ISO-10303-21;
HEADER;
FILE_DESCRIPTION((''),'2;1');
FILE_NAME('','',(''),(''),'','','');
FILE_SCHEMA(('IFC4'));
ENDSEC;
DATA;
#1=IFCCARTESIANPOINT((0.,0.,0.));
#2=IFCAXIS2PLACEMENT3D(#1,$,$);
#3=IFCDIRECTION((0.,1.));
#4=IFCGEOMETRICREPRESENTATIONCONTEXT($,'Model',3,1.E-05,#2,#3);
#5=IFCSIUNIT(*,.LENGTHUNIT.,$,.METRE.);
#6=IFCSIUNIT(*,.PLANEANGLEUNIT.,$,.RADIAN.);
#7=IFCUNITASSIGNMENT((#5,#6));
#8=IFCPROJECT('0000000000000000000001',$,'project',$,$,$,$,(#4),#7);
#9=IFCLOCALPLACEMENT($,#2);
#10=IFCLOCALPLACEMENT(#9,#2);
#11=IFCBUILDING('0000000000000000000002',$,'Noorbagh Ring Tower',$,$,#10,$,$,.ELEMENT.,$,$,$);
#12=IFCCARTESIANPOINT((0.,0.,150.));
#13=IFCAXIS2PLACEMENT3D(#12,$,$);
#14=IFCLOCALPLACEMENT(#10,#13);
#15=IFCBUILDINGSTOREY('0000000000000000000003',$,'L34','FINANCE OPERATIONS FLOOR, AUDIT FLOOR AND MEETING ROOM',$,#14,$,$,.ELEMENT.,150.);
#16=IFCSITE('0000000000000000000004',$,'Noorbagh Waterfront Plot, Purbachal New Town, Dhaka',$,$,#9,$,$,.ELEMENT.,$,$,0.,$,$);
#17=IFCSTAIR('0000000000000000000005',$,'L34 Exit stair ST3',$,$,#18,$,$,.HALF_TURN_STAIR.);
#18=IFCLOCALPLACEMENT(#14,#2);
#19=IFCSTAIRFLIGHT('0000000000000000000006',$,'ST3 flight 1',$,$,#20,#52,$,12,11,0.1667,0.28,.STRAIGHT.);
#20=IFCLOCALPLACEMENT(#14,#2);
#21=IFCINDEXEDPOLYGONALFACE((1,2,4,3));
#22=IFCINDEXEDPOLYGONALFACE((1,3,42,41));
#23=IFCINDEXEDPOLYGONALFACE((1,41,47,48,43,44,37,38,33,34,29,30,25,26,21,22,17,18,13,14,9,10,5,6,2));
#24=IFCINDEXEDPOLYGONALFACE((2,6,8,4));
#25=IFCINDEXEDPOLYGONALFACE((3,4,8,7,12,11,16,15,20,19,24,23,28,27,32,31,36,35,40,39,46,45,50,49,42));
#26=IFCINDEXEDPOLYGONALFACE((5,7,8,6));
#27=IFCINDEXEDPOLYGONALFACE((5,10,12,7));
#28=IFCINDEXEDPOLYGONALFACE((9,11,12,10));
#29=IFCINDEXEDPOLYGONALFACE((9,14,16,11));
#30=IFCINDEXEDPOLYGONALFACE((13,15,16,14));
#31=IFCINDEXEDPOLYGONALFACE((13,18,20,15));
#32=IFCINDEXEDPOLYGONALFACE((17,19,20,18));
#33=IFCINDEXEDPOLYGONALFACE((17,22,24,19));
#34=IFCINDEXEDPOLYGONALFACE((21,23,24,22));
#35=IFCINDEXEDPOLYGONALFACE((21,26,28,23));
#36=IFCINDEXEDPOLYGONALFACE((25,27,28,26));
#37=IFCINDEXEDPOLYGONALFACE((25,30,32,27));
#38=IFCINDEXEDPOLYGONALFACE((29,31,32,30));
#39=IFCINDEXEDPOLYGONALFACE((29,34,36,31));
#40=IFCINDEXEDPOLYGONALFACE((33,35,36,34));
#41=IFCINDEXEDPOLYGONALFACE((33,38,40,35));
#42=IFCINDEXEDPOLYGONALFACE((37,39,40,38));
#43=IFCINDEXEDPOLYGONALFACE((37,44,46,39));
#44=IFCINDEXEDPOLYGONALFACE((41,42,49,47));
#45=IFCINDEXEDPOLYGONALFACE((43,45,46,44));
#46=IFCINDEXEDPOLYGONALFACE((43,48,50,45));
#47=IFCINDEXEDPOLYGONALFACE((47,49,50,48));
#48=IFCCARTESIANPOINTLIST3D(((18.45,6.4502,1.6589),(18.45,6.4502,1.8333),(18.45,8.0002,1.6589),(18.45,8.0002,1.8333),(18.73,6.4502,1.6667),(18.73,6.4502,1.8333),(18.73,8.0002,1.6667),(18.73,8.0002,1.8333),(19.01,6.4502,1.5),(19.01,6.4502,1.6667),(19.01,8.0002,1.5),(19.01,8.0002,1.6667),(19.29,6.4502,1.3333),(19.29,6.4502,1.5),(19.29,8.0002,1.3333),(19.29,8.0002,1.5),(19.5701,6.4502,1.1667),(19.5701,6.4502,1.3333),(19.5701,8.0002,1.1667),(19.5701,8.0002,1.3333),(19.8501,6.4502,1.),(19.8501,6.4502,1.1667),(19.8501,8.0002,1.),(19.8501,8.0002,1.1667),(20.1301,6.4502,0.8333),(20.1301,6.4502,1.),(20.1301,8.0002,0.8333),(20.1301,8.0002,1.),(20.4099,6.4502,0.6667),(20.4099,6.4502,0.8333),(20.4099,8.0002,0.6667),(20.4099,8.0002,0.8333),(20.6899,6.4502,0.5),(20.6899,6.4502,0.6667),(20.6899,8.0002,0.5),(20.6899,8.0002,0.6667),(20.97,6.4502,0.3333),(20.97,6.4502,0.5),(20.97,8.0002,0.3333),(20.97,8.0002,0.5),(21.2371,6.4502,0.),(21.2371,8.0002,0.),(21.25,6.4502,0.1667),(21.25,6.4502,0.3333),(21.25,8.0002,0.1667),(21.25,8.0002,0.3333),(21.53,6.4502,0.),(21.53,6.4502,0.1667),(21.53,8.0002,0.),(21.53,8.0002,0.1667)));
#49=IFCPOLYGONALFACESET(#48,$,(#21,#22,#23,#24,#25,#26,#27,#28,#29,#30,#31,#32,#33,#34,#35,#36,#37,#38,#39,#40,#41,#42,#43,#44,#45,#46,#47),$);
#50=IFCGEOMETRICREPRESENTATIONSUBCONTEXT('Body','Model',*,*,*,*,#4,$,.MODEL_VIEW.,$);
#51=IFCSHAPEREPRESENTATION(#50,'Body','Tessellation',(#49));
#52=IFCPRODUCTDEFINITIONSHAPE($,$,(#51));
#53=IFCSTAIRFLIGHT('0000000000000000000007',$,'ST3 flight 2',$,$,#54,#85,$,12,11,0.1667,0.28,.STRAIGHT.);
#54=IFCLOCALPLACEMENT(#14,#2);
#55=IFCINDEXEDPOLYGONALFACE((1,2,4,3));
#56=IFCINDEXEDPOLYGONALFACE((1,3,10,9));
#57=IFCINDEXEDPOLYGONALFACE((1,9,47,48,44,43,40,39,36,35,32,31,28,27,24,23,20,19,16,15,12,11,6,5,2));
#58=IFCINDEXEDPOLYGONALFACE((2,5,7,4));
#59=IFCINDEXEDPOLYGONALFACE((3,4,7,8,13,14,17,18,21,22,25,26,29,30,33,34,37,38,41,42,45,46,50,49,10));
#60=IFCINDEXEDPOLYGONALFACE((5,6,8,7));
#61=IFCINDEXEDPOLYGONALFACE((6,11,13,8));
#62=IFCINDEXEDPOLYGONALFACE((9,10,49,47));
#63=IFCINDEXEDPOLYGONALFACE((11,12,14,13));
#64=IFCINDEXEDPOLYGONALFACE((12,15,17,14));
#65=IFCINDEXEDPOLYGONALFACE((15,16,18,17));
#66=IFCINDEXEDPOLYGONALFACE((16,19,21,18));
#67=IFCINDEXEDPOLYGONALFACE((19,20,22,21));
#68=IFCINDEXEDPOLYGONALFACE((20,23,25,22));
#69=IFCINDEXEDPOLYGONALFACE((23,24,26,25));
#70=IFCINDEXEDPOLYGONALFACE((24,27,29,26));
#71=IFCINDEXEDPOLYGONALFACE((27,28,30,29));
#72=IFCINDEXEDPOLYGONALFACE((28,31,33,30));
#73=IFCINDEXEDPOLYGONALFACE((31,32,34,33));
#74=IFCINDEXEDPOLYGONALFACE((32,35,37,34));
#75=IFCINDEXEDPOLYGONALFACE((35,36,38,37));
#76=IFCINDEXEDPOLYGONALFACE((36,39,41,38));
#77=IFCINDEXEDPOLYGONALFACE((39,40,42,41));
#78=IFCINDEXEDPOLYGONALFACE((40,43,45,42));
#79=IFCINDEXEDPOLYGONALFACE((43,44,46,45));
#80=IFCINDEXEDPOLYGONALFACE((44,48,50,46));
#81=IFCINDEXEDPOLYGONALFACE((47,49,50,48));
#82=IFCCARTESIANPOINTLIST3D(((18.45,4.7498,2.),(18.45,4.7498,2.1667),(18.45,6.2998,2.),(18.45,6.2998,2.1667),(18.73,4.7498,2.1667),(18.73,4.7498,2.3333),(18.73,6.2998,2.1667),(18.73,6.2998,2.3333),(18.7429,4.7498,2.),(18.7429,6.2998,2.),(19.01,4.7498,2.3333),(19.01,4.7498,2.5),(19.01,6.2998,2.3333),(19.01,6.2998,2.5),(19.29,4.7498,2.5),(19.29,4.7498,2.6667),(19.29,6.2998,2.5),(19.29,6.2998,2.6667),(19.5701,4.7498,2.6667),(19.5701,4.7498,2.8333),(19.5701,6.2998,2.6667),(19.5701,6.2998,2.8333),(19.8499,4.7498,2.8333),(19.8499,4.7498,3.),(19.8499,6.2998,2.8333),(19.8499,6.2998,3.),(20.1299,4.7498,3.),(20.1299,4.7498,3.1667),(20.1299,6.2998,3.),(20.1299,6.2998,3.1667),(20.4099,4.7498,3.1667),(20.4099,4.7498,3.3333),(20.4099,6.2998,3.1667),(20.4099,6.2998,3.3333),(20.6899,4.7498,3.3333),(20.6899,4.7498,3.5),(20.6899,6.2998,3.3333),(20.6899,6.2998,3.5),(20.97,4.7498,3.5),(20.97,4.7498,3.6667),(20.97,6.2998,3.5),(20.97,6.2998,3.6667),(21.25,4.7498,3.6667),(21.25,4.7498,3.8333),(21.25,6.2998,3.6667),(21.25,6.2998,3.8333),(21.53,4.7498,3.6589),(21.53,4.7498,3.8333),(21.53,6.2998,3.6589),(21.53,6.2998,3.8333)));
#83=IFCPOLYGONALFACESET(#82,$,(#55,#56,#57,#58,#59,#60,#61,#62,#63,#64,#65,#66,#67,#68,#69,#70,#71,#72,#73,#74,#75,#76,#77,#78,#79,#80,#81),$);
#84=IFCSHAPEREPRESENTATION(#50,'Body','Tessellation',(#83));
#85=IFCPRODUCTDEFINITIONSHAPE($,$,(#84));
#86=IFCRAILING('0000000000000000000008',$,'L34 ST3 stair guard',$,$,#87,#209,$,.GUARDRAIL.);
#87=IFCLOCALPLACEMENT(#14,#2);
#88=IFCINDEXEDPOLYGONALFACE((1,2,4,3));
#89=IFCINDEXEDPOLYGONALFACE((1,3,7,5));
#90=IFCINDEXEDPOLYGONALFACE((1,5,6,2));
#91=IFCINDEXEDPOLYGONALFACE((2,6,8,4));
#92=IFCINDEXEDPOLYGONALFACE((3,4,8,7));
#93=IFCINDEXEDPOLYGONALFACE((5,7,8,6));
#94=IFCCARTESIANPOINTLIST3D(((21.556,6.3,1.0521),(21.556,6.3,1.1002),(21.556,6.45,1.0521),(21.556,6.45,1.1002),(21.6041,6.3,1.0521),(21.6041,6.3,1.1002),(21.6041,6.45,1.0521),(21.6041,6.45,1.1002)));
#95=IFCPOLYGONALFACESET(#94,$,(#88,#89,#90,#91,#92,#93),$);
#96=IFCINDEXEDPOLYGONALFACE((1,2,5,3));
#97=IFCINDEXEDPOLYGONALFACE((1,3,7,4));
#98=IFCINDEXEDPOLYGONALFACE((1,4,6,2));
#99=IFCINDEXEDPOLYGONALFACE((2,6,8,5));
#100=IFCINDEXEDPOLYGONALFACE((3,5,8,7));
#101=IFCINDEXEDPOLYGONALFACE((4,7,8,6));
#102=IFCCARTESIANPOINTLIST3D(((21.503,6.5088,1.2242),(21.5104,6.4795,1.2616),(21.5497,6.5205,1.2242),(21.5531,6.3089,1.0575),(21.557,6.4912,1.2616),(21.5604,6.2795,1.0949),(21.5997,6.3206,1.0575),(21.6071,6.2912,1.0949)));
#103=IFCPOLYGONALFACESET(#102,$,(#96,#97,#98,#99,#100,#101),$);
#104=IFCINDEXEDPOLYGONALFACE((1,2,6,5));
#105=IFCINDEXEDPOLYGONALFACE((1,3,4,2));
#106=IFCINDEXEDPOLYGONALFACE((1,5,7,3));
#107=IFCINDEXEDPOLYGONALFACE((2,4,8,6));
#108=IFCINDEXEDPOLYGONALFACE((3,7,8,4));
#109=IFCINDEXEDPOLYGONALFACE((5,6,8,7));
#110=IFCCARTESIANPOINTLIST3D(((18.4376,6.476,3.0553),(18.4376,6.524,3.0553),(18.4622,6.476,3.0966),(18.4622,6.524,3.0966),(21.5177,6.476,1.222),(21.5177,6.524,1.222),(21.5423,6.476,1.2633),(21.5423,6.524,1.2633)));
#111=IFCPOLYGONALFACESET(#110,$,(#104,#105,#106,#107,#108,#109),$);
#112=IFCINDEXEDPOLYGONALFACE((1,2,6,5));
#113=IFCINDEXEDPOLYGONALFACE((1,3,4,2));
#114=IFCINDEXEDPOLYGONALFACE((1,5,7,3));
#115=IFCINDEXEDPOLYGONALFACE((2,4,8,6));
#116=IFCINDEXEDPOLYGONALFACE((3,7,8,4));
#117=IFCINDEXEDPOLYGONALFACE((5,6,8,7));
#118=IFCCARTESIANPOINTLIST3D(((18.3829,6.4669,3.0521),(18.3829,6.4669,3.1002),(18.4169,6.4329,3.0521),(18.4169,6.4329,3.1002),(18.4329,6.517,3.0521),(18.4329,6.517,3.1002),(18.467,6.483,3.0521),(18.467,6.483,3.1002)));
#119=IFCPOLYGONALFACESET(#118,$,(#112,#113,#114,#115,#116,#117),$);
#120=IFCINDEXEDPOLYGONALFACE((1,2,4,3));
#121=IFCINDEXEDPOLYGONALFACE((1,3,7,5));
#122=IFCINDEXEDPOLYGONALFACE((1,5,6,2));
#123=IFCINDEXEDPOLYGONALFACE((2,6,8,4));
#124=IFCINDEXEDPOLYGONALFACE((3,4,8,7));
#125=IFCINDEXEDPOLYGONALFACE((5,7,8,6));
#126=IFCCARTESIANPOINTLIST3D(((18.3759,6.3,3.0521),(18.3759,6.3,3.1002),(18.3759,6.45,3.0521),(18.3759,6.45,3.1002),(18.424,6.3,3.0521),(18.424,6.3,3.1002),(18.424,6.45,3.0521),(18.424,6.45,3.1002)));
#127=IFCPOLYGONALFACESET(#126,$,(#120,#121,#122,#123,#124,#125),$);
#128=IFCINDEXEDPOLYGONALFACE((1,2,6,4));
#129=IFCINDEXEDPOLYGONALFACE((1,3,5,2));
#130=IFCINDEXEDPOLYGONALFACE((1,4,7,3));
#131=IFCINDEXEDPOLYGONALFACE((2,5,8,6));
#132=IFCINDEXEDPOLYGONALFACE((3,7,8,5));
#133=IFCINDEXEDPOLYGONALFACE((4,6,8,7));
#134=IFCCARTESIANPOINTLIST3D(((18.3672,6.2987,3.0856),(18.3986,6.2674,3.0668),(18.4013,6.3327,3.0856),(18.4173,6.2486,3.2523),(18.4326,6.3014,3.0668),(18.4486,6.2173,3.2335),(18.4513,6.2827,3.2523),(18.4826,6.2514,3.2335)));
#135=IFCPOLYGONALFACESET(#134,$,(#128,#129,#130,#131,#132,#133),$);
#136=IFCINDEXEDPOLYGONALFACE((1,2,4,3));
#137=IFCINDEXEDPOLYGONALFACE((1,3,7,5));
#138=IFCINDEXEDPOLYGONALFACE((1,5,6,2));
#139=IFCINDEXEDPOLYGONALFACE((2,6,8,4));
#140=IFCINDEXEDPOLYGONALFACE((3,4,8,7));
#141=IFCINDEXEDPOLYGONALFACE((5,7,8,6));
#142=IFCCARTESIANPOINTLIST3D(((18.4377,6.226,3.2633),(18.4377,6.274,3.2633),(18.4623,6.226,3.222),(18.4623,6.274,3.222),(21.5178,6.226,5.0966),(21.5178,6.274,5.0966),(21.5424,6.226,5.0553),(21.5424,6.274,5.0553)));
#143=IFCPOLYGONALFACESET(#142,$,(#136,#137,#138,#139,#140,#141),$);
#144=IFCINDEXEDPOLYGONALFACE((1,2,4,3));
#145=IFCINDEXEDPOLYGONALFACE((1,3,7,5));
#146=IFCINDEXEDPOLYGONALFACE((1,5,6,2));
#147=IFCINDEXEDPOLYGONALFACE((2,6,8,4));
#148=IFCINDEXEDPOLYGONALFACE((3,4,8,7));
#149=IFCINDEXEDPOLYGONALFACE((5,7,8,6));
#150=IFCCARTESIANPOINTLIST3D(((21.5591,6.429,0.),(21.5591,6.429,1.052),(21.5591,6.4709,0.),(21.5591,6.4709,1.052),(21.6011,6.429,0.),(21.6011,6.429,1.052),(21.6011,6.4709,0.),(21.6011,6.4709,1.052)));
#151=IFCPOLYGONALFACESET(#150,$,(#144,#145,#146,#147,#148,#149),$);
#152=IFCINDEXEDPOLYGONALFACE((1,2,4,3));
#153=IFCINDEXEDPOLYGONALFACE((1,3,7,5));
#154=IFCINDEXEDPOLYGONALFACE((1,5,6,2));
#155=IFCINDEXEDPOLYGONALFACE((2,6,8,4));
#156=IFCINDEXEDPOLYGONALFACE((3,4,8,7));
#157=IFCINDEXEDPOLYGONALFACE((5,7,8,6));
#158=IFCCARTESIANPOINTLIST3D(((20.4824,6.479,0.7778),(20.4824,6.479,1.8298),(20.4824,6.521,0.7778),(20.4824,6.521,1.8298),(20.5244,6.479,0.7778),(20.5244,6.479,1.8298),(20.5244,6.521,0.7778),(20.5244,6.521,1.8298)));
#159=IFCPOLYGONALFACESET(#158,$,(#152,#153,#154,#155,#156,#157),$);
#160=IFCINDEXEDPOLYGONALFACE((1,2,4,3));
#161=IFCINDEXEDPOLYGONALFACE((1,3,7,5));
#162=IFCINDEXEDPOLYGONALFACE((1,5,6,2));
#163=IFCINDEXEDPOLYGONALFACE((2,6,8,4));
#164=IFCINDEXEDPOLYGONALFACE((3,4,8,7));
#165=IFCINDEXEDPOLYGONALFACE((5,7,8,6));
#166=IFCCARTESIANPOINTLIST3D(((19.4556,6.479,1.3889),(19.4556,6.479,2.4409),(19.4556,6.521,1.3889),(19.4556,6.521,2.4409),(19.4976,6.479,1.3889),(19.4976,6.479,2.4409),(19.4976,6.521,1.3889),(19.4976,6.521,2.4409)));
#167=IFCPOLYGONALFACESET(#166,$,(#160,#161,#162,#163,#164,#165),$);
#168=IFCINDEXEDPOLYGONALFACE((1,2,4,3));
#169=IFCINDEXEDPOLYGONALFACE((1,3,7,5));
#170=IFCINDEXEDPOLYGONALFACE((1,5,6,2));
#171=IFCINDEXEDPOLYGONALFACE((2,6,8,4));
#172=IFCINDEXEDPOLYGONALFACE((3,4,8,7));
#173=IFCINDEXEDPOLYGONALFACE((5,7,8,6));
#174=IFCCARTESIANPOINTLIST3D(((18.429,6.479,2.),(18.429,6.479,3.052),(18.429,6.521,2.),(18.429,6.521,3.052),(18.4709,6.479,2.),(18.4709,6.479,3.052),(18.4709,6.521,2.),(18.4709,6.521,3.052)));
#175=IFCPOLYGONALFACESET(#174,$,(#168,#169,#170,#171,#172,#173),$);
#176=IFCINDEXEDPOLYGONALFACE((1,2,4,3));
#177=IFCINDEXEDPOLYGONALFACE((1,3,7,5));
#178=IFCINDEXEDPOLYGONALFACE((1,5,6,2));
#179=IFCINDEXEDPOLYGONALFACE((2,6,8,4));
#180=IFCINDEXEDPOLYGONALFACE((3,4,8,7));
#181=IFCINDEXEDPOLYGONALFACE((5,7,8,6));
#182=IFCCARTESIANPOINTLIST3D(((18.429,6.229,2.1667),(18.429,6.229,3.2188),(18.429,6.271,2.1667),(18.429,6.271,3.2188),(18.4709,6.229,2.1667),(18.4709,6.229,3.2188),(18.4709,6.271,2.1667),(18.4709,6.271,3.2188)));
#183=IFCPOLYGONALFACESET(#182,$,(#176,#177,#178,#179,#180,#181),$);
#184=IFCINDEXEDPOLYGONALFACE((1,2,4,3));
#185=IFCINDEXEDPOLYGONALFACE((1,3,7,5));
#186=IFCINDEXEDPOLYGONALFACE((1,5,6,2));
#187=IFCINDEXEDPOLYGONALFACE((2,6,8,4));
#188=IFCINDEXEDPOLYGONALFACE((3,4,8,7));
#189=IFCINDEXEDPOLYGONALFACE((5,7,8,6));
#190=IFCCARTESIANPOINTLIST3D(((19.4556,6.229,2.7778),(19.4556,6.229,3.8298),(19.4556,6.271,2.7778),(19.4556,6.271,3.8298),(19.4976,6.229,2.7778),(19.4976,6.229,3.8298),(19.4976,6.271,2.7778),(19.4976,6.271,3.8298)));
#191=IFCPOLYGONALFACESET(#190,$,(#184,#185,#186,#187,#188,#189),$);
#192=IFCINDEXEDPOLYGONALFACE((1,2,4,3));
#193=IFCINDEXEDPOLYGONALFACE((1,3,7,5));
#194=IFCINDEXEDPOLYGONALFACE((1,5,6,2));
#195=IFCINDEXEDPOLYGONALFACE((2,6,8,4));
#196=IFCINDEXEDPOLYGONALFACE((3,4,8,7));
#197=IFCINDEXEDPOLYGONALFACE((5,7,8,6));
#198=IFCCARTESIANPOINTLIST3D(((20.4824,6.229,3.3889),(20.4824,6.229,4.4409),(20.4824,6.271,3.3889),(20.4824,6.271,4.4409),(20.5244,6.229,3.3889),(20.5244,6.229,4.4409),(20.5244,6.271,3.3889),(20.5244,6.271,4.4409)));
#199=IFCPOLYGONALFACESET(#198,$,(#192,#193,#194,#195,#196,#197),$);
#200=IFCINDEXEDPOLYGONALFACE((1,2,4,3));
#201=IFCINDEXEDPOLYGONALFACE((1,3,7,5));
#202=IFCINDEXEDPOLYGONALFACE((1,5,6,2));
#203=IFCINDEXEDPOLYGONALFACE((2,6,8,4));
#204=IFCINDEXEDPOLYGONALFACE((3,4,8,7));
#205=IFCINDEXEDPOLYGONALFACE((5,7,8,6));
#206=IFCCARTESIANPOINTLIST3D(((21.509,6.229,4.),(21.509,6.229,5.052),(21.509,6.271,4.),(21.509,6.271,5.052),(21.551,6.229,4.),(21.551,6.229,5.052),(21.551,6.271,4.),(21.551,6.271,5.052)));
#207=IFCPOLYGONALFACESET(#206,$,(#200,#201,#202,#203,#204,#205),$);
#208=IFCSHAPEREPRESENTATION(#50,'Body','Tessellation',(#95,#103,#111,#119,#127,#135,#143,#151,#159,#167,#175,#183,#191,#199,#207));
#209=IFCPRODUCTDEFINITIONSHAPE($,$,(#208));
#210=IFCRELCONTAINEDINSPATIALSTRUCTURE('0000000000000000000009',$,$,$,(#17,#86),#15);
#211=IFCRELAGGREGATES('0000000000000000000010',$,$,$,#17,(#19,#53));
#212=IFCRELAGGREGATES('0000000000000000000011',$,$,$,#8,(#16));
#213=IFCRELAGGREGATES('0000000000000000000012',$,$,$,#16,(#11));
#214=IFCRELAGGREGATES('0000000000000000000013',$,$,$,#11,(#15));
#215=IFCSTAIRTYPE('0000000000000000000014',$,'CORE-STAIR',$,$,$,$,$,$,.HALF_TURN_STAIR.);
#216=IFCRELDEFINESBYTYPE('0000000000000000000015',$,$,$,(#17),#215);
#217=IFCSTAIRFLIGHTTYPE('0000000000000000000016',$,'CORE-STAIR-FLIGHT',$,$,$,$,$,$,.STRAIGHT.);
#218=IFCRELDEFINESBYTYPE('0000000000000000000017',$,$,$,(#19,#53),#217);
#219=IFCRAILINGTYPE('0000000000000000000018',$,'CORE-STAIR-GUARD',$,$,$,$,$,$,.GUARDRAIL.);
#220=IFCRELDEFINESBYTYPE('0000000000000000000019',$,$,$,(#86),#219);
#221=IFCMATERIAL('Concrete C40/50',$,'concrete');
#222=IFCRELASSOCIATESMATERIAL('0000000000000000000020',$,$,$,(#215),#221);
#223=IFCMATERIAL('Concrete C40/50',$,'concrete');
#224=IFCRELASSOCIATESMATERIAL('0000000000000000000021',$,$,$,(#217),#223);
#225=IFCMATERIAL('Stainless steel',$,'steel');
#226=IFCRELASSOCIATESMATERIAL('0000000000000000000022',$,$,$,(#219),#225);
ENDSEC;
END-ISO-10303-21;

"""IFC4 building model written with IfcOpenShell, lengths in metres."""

from ifc_helpers import new_model, si_unit, direction, frame, origin, origin_2d, place, context, subcontext, project, spatial, polyline, rectangle, outline, extrude, material, type_object, element, aggregate, save


model = new_model("IFC4")

# Units and contexts
model_context = context("Model", 3, precision=1e-05, world=origin(), true_north=direction((0.0, 1.0)))
body_context = subcontext(model_context, "Body", "Model", "MODEL_VIEW")
ifc_project = project(units=[si_unit("LENGTHUNIT", "METRE"), si_unit("PLANEANGLEUNIT", "RADIAN")], contexts=[model_context])

# Site, building, storey
site_placement = place(None, origin())
site = spatial("IfcSite", under=ifc_project, at=site_placement, Name="Noorbagh Waterfront Plot, Purbachal New Town, Dhaka", CompositionType="ELEMENT", RefElevation=0.0)
building_placement = place(site_placement, origin())
building = spatial("IfcBuilding", under=site, at=building_placement, Name="Noorbagh Ring Tower", CompositionType="ELEMENT")
storey_placement = place(building_placement, frame((0.0, 0.0, 150.0)))
storey = spatial("IfcBuildingStorey", under=building, at=storey_placement, Name="L34", Description="FINANCE OPERATIONS FLOOR, AUDIT FLOOR AND MEETING ROOM", CompositionType="ELEMENT", Elevation=150.0)

# Stair, stair flights
ifc_material_1 = material(Name="Concrete C40/50", Category="concrete")
stair_type = type_object("IfcStairType", Name="CORE-STAIR", PredefinedType="HALF_TURN_STAIR", material=ifc_material_1)
stair_placement = place(storey_placement, origin())
stair = element("IfcStair", 1, at=stair_placement, inside=storey, type_object=stair_type, Name="L34 Exit stair ST3", PredefinedType="HALF_TURN_STAIR")
ifc_material_2 = material(Name="Concrete C40/50", Category="concrete")
stair_flight_type = type_object("IfcStairFlightType", Name="CORE-STAIR-FLIGHT", PredefinedType="STRAIGHT", material=ifc_material_2)
stair_flight_1_placement = place(storey_placement, frame((21.53, 7.2251, 0.0), z_axis=(0.0, 0.0, 1.0), x_axis=(-1.0, 0.0, 0.0)))
stair_flight_1 = element("IfcStairFlight", 2, at=stair_flight_1_placement, type_object=stair_flight_type, Name="ST3 flight 1", NumberOfRisers=12, NumberOfTreads=11, PredefinedType="STRAIGHT", RiserHeight=0.1667, TreadLength=0.28, context=body_context, shape_type="SweptSolid", body=[
    extrude(outline(polyline([(0.0, 0.0), (0.0, 0.1667), (0.28, 0.1667), (0.28, 0.3333), (0.5601, 0.3333), (0.5601, 0.5), (0.8401, 0.5), (0.8401, 0.6667), (1.1201, 0.6667), (1.1201, 0.8333), (1.3999, 0.8333), (1.3999, 1.0), (1.6799, 1.0), (1.6799, 1.1667), (1.96, 1.1667), (1.96, 1.3333), (2.24, 1.3333), (2.24, 1.5), (2.52, 1.5), (2.52, 1.6667), (2.8, 1.6667), (2.8, 1.8333), (3.0801, 1.8333), (3.0801, 2.0), (3.0801, 1.6589), (0.293, 0.0), (0.0, 0.0)])), frame((0.0, 0.7749, 0.0), z_axis=(0.0, -1.0, 0.0), x_axis=(1.0, 0.0, 0.0)), (0.0, 0.0, 1.0), 1.55),
])
stair_flight_2_placement = place(storey_placement, frame((18.45, 5.5249, 2.0), z_axis=(0.0, 0.0, 1.0), x_axis=(1.0, 0.0, 0.0)))
stair_flight_2 = element("IfcStairFlight", 3, at=stair_flight_2_placement, type_object=stair_flight_type, Name="ST3 flight 2", NumberOfRisers=12, NumberOfTreads=11, PredefinedType="STRAIGHT", RiserHeight=0.1667, TreadLength=0.28, context=body_context, shape_type="SweptSolid", body=[
    extrude(outline(polyline([(0.0, 0.0), (0.0, 0.1667), (0.28, 0.1667), (0.28, 0.3333), (0.5601, 0.3333), (0.5601, 0.5), (0.8401, 0.5), (0.8401, 0.6667), (1.1201, 0.6667), (1.1201, 0.8333), (1.3999, 0.8333), (1.3999, 1.0), (1.6799, 1.0), (1.6799, 1.1667), (1.96, 1.1667), (1.96, 1.3333), (2.24, 1.3333), (2.24, 1.5), (2.52, 1.5), (2.52, 1.6667), (2.8, 1.6667), (2.8, 1.8333), (3.0801, 1.8333), (3.0801, 2.0), (3.0801, 1.6589), (0.293, 0.0), (0.0, 0.0)])), frame((0.0, 0.7749, 0.0), z_axis=(0.0, -1.0, 0.0), x_axis=(1.0, 0.0, 0.0)), (0.0, 0.0, 1.0), 1.55),
])
aggregate(stair, [stair_flight_1, stair_flight_2])

# Railing
ifc_material_3 = material(Name="Stainless steel", Category="steel")
railing_type_1 = type_object("IfcRailingType", Name="CORE-STAIR-GUARD", PredefinedType="GUARDRAIL", material=ifc_material_3)
railing_1_placement = place(storey_placement, frame((21.5801, 6.45, 0.0)))
element("IfcRailing", 4, at=railing_1_placement, inside=storey, type_object=railing_type_1, Name="L34 ST3 stair guard", PredefinedType="GUARDRAIL", context=body_context, shape_type="SweptSolid", body=[
    extrude(rectangle(XDim=0.0481, YDim=0.0481, at=origin_2d()), frame((0.0, 0.0, 1.0762), z_axis=(0.0, -1.0, 0.0), x_axis=(1.0, 0.0, 0.0)), (0.0, 0.0, 1.0), 0.1499),
    extrude(rectangle(XDim=0.0481, YDim=0.0481, at=origin_2d()), frame((0.0, -0.1499, 1.0762), z_axis=(-0.188776, 0.754182, 0.628946), x_axis=(-0.970073, -0.242814, 0.0)), (0.0, 0.0, 1.0), 0.2651),
    extrude(rectangle(XDim=0.0481, YDim=0.0481, at=origin_2d()), frame((-0.05, 0.05, 1.2427), z_axis=(-0.859309, 0.0, 0.511458), x_axis=(0.0, -1.0, 0.0)), (0.0, 0.0, 1.0), 3.5845),
    extrude(rectangle(XDim=0.0481, YDim=0.0481, at=origin_2d()), frame((-3.1301, 0.05, 3.0762), z_axis=(-0.707107, -0.707107, 0.0), x_axis=(0.707107, -0.707107, 0.0)), (0.0, 0.0, 1.0), 0.0708),
    extrude(rectangle(XDim=0.0481, YDim=0.0481, at=origin_2d()), frame((-3.1802, 0.0, 3.0762), z_axis=(0.0, -1.0, 0.0), x_axis=(1.0, 0.0, 0.0)), (0.0, 0.0, 1.0), 0.1499),
    extrude(rectangle(XDim=0.0481, YDim=0.0481, at=origin_2d()), frame((-3.1802, -0.1499, 3.0762), z_axis=(0.276287, -0.276287, 0.920506), x_axis=(0.707107, 0.707107, 0.0)), (0.0, 0.0, 1.0), 0.1812),
    extrude(rectangle(XDim=0.0481, YDim=0.0481, at=origin_2d()), frame((-3.1301, -0.2, 3.2427), z_axis=(0.859309, 0.0, 0.511458), x_axis=(0.0, 1.0, 0.0)), (0.0, 0.0, 1.0), 3.5845),
    extrude(rectangle(XDim=0.042, YDim=0.042, at=origin_2d()), origin(), (0.0, 0.0, 1.0), 1.052),
    extrude(rectangle(XDim=0.042, YDim=0.042, at=origin_2d()), frame((-1.0767, 0.05, 0.7778)), (0.0, 0.0, 1.0), 1.052),
    extrude(rectangle(XDim=0.042, YDim=0.042, at=origin_2d()), frame((-2.1035, 0.05, 1.3889)), (0.0, 0.0, 1.0), 1.052),
    extrude(rectangle(XDim=0.042, YDim=0.042, at=origin_2d()), frame((-3.1301, 0.05, 2.0)), (0.0, 0.0, 1.0), 1.052),
    extrude(rectangle(XDim=0.042, YDim=0.042, at=origin_2d()), frame((-3.1301, -0.2, 2.1667)), (0.0, 0.0, 1.0), 1.052),
    extrude(rectangle(XDim=0.042, YDim=0.042, at=origin_2d()), frame((-2.1035, -0.2, 2.7778)), (0.0, 0.0, 1.0), 1.052),
    extrude(rectangle(XDim=0.042, YDim=0.042, at=origin_2d()), frame((-1.0767, -0.2, 3.3889)), (0.0, 0.0, 1.0), 1.052),
    extrude(rectangle(XDim=0.042, YDim=0.042, at=origin_2d()), frame((-0.05, -0.2, 4.0)), (0.0, 0.0, 1.0), 1.052),
])

save(model, "model.ifc")
